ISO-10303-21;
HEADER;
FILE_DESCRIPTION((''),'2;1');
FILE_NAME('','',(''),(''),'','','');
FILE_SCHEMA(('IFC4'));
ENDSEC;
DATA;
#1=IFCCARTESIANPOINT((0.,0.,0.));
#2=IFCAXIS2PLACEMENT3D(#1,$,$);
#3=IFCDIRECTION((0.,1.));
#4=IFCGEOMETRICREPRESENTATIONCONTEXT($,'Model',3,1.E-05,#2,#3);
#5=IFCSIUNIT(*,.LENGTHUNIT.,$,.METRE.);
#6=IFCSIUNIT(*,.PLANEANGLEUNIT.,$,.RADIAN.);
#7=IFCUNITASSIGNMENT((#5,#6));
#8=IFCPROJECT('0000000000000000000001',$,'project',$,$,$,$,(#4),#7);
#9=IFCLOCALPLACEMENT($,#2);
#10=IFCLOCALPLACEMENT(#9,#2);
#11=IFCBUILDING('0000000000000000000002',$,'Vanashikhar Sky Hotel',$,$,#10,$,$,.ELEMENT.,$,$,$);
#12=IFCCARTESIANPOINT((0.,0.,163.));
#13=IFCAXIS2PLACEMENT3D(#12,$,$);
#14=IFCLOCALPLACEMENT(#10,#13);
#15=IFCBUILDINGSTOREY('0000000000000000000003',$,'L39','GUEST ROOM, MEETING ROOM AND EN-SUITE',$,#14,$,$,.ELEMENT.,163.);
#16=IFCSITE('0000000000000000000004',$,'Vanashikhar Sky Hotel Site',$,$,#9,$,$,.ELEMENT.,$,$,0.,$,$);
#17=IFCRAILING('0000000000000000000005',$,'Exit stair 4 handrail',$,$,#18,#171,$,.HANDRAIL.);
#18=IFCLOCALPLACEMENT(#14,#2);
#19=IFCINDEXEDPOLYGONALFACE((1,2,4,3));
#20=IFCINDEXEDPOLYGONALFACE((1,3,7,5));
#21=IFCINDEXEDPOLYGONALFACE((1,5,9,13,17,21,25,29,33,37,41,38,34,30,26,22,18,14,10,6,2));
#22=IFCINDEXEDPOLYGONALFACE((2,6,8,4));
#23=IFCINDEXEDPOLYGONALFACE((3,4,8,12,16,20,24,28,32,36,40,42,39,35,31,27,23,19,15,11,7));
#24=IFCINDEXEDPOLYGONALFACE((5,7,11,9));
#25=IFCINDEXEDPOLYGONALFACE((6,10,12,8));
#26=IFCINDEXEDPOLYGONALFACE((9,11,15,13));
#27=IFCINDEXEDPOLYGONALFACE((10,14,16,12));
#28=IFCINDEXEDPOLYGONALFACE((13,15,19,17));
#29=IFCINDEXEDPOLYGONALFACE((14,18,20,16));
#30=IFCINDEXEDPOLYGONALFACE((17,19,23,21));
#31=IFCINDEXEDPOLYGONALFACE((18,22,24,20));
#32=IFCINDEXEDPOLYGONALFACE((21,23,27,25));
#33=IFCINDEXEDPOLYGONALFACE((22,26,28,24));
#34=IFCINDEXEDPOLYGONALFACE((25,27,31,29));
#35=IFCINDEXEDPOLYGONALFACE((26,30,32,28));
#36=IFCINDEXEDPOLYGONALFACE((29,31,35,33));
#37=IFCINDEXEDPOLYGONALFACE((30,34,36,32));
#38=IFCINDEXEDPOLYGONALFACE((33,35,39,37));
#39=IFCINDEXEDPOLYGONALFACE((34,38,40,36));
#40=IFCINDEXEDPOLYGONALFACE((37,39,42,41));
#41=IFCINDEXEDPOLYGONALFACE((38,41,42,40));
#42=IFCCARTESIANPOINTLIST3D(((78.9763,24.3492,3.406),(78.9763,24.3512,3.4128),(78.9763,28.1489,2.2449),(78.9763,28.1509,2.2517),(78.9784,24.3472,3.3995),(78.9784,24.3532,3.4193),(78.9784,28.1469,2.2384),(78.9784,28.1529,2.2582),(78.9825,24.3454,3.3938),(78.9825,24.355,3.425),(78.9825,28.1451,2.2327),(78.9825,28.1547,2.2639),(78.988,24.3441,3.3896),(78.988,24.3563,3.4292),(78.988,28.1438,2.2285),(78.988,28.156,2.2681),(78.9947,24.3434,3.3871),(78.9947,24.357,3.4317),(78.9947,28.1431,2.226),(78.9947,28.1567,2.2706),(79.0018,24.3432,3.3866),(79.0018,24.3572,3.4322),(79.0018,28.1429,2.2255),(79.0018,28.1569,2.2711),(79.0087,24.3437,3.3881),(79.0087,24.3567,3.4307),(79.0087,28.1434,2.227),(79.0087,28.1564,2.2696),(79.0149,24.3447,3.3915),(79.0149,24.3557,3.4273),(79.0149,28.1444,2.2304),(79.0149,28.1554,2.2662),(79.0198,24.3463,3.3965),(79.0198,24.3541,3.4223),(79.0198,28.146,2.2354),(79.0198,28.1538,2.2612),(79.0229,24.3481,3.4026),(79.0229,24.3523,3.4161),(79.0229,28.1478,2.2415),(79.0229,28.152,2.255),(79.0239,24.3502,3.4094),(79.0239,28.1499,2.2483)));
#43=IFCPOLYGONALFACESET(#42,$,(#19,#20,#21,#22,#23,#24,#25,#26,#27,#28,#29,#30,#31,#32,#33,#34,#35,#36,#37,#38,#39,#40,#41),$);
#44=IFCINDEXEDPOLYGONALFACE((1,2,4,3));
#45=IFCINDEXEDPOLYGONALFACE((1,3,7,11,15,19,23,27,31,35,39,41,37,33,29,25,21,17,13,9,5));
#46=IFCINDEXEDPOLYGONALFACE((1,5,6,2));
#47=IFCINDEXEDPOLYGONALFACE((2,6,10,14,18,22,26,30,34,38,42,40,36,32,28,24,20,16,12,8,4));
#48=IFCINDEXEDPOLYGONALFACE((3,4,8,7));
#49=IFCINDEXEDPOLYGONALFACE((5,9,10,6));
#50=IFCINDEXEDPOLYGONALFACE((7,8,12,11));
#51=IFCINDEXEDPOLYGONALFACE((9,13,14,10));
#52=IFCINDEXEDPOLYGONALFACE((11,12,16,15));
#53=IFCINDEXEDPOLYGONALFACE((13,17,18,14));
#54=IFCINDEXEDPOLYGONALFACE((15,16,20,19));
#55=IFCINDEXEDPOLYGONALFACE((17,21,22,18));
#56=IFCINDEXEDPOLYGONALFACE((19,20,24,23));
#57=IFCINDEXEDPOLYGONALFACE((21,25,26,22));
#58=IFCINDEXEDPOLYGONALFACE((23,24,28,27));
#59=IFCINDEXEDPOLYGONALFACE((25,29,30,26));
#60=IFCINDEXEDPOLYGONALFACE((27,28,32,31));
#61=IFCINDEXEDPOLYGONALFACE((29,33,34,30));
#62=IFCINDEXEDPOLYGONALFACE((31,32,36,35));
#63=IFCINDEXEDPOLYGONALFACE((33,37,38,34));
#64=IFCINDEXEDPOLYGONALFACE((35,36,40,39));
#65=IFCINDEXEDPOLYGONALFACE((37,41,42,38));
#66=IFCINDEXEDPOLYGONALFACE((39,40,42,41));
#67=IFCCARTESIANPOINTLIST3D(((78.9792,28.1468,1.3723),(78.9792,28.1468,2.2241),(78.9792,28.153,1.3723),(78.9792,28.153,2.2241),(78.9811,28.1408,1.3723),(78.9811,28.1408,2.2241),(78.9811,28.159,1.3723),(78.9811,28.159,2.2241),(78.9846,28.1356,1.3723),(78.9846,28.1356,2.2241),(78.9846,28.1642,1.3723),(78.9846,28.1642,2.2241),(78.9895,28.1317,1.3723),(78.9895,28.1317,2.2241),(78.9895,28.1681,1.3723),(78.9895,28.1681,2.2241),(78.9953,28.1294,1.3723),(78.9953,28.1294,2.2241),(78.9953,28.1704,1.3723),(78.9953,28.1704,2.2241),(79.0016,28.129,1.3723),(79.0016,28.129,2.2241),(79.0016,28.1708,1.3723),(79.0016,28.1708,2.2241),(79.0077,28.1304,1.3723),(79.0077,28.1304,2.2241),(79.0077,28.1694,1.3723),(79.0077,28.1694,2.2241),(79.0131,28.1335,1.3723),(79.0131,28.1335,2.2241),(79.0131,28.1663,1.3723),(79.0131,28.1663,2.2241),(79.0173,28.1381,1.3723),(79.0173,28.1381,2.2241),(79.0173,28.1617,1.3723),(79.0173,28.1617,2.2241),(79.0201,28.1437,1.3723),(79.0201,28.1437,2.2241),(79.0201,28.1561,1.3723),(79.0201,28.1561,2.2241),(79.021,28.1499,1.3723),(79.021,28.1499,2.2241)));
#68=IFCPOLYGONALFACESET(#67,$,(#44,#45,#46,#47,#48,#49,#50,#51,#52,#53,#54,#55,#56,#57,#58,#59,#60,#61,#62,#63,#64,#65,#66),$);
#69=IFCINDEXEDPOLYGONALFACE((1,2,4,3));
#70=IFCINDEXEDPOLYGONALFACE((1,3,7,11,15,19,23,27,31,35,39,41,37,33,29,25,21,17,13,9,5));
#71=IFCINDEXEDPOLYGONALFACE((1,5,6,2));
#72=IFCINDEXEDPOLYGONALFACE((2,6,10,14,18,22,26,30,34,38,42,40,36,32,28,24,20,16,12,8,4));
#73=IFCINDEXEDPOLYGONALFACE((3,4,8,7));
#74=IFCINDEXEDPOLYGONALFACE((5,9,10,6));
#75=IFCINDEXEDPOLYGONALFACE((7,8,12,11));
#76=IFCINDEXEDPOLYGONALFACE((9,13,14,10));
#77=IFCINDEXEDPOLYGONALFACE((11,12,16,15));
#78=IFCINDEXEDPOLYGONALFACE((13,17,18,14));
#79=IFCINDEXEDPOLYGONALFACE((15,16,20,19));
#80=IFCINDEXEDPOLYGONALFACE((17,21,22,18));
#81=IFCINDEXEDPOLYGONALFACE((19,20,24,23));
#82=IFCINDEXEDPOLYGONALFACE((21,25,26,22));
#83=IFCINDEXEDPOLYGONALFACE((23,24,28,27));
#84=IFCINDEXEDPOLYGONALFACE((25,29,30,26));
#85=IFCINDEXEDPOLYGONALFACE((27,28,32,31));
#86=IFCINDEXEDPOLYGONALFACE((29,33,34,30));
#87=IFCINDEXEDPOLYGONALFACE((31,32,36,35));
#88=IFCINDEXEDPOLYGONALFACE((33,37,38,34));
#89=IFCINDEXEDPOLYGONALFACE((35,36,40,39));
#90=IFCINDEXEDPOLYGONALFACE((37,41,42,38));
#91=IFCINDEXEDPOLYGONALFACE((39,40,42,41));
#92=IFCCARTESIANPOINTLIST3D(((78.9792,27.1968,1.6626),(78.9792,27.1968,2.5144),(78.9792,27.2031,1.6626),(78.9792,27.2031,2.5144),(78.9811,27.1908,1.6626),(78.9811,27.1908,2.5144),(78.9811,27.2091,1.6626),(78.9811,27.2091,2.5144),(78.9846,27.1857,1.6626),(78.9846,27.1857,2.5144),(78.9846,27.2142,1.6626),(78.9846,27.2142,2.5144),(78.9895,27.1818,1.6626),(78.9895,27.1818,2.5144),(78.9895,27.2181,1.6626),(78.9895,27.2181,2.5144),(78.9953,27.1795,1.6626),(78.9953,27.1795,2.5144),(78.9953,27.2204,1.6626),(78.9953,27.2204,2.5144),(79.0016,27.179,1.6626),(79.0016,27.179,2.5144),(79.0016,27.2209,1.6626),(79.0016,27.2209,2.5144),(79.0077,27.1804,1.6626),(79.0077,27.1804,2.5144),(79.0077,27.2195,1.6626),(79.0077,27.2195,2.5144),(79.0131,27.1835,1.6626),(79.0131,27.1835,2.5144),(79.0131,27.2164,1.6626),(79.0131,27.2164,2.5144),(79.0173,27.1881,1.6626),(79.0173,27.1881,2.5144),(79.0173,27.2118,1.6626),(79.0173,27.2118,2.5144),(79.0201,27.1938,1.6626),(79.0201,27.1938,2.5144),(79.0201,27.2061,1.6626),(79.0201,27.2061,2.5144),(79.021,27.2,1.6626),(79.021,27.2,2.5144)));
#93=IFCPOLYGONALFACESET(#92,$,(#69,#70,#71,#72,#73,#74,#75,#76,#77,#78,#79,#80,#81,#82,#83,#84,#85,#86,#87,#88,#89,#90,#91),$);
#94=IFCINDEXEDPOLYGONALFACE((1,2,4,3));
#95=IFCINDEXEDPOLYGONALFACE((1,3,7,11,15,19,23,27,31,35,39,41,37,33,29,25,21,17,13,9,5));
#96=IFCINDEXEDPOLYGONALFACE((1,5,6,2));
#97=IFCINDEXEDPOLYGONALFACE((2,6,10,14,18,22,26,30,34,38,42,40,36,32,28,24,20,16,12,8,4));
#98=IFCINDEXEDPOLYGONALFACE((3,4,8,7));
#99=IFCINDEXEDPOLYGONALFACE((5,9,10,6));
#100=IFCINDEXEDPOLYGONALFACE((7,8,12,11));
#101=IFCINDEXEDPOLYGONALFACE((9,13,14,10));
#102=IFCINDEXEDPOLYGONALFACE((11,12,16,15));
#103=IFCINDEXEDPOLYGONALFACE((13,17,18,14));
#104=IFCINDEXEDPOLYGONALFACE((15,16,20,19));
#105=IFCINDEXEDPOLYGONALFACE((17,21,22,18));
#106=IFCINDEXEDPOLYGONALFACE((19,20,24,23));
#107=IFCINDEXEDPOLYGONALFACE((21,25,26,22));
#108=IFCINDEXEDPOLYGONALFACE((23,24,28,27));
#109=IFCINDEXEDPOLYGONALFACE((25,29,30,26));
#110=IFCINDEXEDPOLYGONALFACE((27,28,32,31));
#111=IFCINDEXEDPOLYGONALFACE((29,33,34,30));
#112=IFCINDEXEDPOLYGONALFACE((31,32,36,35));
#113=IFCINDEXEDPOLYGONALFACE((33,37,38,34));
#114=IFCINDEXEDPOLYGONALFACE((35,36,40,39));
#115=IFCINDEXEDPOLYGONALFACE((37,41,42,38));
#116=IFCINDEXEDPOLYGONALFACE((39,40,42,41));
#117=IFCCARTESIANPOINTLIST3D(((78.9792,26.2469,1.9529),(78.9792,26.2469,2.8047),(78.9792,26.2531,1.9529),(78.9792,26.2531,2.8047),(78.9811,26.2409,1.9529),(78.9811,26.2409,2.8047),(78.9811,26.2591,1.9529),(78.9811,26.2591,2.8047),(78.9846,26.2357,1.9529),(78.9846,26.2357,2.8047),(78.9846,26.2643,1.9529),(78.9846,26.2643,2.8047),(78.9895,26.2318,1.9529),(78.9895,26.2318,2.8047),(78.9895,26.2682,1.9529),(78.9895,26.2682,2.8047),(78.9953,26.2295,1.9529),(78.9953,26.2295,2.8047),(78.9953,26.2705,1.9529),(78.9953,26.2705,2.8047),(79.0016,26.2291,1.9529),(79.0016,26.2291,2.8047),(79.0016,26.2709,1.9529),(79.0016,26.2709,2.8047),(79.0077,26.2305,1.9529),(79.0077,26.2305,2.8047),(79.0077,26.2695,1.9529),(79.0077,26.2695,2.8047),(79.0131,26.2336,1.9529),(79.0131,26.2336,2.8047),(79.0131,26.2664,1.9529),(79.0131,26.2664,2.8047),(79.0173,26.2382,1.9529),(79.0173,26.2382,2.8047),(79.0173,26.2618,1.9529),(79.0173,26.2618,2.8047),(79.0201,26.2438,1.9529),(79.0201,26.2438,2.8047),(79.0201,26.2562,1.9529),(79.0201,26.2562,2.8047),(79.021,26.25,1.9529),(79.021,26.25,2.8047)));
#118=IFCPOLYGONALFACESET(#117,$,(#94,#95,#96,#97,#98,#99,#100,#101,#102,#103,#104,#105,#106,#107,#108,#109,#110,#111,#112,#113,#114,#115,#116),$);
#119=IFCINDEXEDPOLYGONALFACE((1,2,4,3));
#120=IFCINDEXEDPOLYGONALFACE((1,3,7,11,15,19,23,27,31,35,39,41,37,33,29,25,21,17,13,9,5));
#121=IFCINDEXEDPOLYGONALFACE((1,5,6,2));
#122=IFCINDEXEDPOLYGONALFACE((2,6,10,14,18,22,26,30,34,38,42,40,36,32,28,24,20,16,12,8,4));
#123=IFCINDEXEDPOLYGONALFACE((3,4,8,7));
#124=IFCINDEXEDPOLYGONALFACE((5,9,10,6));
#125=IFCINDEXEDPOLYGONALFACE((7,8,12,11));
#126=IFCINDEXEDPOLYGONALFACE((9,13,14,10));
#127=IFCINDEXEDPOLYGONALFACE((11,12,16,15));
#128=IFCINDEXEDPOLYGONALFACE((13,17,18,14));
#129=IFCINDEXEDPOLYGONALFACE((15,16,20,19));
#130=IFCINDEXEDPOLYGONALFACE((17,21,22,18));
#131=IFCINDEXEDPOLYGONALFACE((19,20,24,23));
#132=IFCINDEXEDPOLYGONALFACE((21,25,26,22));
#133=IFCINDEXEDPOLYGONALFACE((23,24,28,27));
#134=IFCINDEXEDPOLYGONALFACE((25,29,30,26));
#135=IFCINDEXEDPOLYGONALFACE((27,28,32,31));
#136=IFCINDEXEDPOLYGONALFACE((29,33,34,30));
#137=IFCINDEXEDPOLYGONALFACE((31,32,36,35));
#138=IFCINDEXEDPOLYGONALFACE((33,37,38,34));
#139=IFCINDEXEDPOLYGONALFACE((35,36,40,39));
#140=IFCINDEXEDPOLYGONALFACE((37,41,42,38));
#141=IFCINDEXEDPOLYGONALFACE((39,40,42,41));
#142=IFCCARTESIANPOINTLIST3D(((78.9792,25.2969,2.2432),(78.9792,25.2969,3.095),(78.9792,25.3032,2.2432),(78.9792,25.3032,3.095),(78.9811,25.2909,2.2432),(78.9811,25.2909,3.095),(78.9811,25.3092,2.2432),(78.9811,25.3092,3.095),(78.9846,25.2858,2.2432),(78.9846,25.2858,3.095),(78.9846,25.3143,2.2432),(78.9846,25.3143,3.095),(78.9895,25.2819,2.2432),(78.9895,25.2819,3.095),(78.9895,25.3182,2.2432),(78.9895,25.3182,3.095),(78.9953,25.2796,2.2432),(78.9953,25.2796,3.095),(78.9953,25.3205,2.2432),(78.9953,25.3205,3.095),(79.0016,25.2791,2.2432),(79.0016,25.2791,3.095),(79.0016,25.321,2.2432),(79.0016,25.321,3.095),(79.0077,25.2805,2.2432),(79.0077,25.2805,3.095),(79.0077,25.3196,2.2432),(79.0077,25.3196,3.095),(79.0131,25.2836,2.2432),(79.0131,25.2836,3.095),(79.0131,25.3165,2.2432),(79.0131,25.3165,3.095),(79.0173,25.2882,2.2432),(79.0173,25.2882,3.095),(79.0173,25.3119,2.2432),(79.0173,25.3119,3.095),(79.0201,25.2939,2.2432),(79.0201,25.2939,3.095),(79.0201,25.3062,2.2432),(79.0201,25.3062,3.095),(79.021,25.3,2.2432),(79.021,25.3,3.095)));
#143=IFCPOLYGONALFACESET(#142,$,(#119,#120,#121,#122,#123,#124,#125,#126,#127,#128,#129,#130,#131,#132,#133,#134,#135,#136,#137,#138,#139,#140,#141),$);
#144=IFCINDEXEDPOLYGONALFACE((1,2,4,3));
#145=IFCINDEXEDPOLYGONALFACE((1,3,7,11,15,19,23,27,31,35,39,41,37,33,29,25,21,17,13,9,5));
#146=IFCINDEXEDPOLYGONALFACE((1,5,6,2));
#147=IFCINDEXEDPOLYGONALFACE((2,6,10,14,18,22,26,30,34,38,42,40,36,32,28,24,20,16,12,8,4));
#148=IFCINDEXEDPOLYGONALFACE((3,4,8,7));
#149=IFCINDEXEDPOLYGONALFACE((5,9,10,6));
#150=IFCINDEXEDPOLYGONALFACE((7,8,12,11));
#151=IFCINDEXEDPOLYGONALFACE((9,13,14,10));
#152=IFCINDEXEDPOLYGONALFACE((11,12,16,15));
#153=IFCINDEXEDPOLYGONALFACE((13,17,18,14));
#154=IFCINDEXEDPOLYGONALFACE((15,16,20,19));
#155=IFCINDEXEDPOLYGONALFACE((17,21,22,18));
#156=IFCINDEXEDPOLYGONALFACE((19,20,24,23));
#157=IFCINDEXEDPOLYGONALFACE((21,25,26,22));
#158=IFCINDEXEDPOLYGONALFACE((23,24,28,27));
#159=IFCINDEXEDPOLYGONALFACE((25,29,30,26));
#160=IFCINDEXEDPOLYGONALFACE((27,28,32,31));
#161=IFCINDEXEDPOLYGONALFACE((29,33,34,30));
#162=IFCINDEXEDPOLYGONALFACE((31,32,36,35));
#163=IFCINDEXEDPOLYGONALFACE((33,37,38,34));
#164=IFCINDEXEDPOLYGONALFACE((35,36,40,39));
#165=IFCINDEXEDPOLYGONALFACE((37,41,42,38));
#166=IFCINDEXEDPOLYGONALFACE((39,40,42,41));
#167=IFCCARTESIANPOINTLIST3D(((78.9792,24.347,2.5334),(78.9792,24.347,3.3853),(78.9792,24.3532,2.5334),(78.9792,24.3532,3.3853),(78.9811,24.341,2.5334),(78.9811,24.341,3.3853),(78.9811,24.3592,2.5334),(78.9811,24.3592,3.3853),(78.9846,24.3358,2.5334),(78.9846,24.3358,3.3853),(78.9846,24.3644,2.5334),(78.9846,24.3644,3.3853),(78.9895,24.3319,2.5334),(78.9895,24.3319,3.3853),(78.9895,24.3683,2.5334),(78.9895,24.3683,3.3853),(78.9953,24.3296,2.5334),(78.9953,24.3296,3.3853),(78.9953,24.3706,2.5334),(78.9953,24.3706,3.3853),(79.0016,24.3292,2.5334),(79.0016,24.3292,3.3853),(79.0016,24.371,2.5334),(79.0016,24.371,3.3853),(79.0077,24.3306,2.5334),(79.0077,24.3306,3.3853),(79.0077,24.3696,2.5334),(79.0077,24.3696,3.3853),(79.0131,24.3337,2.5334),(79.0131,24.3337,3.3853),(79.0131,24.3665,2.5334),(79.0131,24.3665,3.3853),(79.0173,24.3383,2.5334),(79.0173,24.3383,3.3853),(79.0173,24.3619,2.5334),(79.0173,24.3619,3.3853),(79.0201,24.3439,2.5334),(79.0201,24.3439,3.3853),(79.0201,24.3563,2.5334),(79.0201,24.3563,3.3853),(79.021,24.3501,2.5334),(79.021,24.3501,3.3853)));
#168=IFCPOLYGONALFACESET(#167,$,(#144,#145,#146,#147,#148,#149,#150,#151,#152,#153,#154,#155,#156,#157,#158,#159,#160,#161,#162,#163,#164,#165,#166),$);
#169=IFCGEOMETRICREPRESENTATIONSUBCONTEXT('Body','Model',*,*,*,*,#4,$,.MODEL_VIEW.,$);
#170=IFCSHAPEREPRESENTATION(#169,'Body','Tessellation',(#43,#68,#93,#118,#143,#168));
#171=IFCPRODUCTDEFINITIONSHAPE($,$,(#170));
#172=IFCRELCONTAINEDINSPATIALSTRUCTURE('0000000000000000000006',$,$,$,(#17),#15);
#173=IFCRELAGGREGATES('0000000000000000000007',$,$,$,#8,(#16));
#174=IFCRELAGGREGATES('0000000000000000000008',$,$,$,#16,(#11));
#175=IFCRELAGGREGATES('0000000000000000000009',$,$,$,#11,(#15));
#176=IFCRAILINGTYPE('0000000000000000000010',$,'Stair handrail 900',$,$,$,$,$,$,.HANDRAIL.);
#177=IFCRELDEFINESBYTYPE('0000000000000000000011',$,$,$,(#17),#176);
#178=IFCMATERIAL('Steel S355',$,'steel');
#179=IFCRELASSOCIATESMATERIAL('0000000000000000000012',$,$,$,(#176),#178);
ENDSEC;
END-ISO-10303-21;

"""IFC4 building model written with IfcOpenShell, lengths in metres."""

from ifc_helpers import new_model, si_unit, direction, frame, origin, origin_2d, place, context, subcontext, project, spatial, circle, extrude, source, transform, mapped, material, type_object, element, save


model = new_model("IFC4")

# Units and contexts
model_context = context("Model", 3, precision=1e-05, world=origin(), true_north=direction((0.0, 1.0)))
body_context = subcontext(model_context, "Body", "Model", "MODEL_VIEW")
ifc_project = project(units=[si_unit("LENGTHUNIT", "METRE"), si_unit("PLANEANGLEUNIT", "RADIAN")], contexts=[model_context])

# Site, building, storey
site_placement = place(None, origin())
site = spatial("IfcSite", under=ifc_project, at=site_placement, Name="Vanashikhar Sky Hotel Site", CompositionType="ELEMENT", RefElevation=0.0)
building_placement = place(site_placement, origin())
building = spatial("IfcBuilding", under=site, at=building_placement, Name="Vanashikhar Sky Hotel", CompositionType="ELEMENT")
storey_placement = place(building_placement, frame((0.0, 0.0, 163.0)))
storey = spatial("IfcBuildingStorey", under=building, at=storey_placement, Name="L39", Description="GUEST ROOM, MEETING ROOM AND EN-SUITE", CompositionType="ELEMENT", Elevation=163.0)

# Railing
ifc_material_1 = material(Name="Steel S355", Category="steel")
railing_type_1 = type_object("IfcRailingType", Name="Stair handrail 900", PredefinedType="HANDRAIL", material=ifc_material_1)
shared_shape_1 = source(origin(), body_context, "Body", "SweptSolid", [
    extrude(circle(Radius=0.0239, at=origin_2d()), frame((0.0, 0.0, 0.876), z_axis=(0.0, -0.956346, 0.292237), x_axis=(1.0, 0.0, 0.0)), (0.0, 0.0, 1.0), 3.9731),
    extrude(circle(Radius=0.021, at=origin_2d()), origin(), (0.0, 0.0, 1.0), 0.8518),
    extrude(circle(Radius=0.021, at=origin_2d()), frame((0.0, -0.95, 0.2903)), (0.0, 0.0, 1.0), 0.8518),
    extrude(circle(Radius=0.021, at=origin_2d()), frame((0.0, -1.8999, 0.5806)), (0.0, 0.0, 1.0), 0.8518),
    extrude(circle(Radius=0.021, at=origin_2d()), frame((0.0, -2.8499, 0.8708)), (0.0, 0.0, 1.0), 0.8518),
    extrude(circle(Radius=0.021, at=origin_2d()), frame((0.0, -3.7998, 1.1611)), (0.0, 0.0, 1.0), 0.8518),
])
railing_1_placement = place(storey_placement, frame((79.0, 28.1499, 1.3723)))
element("IfcRailing", 1, at=railing_1_placement, inside=storey, type_object=railing_type_1, Name="Exit stair 4 handrail", PredefinedType="HANDRAIL", context=body_context, shape_type="MappedRepresentation", body=[
    mapped(shared_shape_1, transform((0.0, 0.0, 0.0), scale=1.0)),
])

save(model, "model.ifc")
